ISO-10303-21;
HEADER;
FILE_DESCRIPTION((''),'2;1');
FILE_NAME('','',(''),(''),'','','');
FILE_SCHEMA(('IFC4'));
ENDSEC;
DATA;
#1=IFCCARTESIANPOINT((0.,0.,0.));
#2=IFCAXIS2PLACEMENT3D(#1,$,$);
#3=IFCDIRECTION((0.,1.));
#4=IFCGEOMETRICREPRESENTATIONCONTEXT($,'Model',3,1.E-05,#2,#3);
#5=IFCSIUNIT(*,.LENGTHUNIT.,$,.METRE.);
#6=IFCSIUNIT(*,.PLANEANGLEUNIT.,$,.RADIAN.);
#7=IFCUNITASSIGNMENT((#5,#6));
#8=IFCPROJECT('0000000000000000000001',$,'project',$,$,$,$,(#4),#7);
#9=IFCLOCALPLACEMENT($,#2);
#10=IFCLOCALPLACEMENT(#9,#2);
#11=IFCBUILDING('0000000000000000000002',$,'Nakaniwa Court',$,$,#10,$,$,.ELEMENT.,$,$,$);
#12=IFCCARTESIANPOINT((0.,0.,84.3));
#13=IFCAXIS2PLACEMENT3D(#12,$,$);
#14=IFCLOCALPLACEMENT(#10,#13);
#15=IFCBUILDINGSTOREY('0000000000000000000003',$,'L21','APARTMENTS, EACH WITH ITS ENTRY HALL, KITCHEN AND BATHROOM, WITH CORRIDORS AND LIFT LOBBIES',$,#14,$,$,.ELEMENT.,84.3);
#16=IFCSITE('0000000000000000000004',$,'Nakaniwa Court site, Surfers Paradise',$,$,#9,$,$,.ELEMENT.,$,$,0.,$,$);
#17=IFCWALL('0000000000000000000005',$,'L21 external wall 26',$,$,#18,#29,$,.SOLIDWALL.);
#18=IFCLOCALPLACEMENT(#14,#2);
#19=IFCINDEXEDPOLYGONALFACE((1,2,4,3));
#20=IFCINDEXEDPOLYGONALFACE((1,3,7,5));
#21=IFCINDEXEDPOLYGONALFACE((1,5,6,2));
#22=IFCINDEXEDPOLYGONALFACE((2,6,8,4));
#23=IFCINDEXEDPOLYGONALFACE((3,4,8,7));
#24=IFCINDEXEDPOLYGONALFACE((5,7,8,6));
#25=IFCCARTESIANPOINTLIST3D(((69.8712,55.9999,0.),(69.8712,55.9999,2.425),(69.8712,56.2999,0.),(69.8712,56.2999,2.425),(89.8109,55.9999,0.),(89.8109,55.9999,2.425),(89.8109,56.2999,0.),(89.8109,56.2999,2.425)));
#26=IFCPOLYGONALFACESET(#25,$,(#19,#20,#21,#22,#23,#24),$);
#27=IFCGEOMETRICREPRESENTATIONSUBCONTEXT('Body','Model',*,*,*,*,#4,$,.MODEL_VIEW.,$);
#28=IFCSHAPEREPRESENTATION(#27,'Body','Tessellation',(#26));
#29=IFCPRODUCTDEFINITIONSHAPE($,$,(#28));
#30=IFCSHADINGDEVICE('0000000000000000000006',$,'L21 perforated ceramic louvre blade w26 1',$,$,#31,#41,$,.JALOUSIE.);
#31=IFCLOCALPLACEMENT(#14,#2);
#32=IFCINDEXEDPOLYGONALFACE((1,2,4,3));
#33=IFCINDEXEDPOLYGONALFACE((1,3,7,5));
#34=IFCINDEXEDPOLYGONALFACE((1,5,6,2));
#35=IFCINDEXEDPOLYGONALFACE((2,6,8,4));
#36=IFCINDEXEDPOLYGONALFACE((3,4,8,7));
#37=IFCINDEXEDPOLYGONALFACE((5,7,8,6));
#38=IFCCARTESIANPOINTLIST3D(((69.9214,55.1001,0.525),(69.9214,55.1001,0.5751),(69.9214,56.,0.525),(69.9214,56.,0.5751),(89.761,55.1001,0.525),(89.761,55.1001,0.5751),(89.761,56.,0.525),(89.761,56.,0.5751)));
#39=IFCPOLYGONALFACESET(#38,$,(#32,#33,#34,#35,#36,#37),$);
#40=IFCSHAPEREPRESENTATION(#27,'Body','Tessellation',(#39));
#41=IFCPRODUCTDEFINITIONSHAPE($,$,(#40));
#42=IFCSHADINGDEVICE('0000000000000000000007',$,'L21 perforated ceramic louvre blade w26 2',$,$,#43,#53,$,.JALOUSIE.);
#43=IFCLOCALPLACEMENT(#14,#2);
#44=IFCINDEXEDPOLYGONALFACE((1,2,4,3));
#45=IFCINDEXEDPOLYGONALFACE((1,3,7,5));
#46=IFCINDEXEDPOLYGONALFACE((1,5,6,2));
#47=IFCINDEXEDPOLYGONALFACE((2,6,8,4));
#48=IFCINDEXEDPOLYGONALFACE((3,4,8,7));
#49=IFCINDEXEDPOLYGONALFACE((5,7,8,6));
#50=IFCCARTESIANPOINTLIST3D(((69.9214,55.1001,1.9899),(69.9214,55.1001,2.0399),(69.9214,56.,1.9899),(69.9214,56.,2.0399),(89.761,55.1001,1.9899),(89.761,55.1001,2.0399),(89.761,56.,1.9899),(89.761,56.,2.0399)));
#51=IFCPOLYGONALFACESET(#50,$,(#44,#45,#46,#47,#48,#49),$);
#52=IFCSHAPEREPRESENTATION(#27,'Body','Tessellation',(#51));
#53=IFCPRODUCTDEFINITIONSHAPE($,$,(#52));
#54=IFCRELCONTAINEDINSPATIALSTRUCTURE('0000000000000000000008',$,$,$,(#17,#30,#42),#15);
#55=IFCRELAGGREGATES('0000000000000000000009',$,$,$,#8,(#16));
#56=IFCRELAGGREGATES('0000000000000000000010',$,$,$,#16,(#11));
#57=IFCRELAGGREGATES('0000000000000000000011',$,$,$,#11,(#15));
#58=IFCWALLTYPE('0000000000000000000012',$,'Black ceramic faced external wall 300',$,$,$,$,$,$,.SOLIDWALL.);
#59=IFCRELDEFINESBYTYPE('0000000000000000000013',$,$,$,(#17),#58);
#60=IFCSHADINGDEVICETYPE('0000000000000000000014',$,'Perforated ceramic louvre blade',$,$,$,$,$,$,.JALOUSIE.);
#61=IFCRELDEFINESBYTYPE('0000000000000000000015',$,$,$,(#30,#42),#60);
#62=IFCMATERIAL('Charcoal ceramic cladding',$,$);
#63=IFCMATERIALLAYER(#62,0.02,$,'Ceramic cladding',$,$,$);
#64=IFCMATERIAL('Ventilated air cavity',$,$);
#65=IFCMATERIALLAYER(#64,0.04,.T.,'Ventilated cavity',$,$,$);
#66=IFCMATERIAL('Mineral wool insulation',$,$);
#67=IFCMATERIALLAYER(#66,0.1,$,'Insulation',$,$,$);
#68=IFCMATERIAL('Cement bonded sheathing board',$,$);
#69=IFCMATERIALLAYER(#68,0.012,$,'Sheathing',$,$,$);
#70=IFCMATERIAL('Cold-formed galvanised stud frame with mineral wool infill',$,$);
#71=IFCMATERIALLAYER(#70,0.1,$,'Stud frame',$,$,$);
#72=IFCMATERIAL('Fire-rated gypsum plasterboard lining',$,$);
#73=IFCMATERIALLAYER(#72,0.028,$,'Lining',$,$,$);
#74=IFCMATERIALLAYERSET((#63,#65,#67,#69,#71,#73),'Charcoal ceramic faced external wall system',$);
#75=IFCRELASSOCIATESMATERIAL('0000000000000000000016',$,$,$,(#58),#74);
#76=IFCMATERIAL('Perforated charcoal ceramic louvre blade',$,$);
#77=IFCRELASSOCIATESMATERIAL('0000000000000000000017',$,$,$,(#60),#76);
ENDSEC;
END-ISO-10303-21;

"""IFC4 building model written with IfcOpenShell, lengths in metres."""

from ifc_helpers import new_model, si_unit, direction, frame, frame_2d, origin, origin_2d, place, context, subcontext, project, spatial, rectangle, extrude, material, layer, layer_set, material_profile, profile_set, type_object, element, save


model = new_model("IFC4")

# Units and contexts
model_context = context("Model", 3, precision=1e-05, world=origin(), true_north=direction((0.0, 1.0)))
body_context = subcontext(model_context, "Body", "Model", "MODEL_VIEW")
ifc_project = project(units=[si_unit("LENGTHUNIT", "METRE"), si_unit("PLANEANGLEUNIT", "RADIAN")], contexts=[model_context])

# Site, building, storey
site_placement = place(None, origin())
site = spatial("IfcSite", under=ifc_project, at=site_placement, Name="Nakaniwa Court site, Surfers Paradise", CompositionType="ELEMENT", RefElevation=0.0)
building_placement = place(site_placement, origin())
building = spatial("IfcBuilding", under=site, at=building_placement, Name="Nakaniwa Court", CompositionType="ELEMENT")
storey_placement = place(building_placement, frame((0.0, 0.0, 84.3)))
storey = spatial("IfcBuildingStorey", under=building, at=storey_placement, Name="L21", Description="APARTMENTS, EACH WITH ITS ENTRY HALL, KITCHEN AND BATHROOM, WITH CORRIDORS AND LIFT LOBBIES", CompositionType="ELEMENT", Elevation=84.3)

# Shared definitions
ifc_material_1 = material(Name="Charcoal ceramic cladding")
ifc_layer_1 = layer(ifc_material_1, 0.02, Name="Ceramic cladding")
ifc_material_2 = material(Name="Ventilated air cavity")
ifc_layer_2 = layer(ifc_material_2, 0.04, ventilated=True, Name="Ventilated cavity")
ifc_material_3 = material(Name="Mineral wool insulation")
ifc_layer_3 = layer(ifc_material_3, 0.1, Name="Insulation")
ifc_material_4 = material(Name="Cement bonded sheathing board")
ifc_layer_4 = layer(ifc_material_4, 0.012, Name="Sheathing")
ifc_material_5 = material(Name="Cold-formed galvanised stud frame with mineral wool infill")
ifc_layer_5 = layer(ifc_material_5, 0.1, Name="Stud frame")
ifc_material_6 = material(Name="Fire-rated gypsum plasterboard lining")
ifc_layer_6 = layer(ifc_material_6, 0.028, Name="Lining")
ifc_layer_set_1 = layer_set([ifc_layer_1, ifc_layer_2, ifc_layer_3, ifc_layer_4, ifc_layer_5, ifc_layer_6], Name="Charcoal ceramic faced external wall system")
wall_type_1 = type_object("IfcWallType", Name="Black ceramic faced external wall 300", PredefinedType="SOLIDWALL", material=ifc_layer_set_1)

# Wall
wall_1_placement = place(storey_placement, frame((69.8713, 56.1499, 0.0), z_axis=(0.0, 0.0, 1.0), x_axis=(1.0, 0.0, 0.0)))
element("IfcWall", 1, at=wall_1_placement, inside=storey, type_object=wall_type_1, Name="L21 external wall 26", PredefinedType="SOLIDWALL", context=body_context, shape_type="SweptSolid", body=[
    extrude(rectangle(XDim=19.9397, YDim=0.3, at=frame_2d((9.9697, 0.0))), origin(), (0.0, 0.0, 1.0), 2.425),
])

# Shading devices
ifc_material_7 = material(Name="Perforated charcoal ceramic louvre blade")
ifc_material_profile_1 = material_profile(ifc_material_7, rectangle(XDim=0.8999, YDim=0.05, at=origin_2d()), Name="Perforated ceramic louvre blade")
ifc_profile_set_1 = profile_set([ifc_material_profile_1], Name="Perforated charcoal ceramic louvre blade")
shading_device_type = type_object("IfcShadingDeviceType", Name="Perforated ceramic louvre blade", PredefinedType="JALOUSIE", material=ifc_profile_set_1)
for number, where, z_axis, x_axis, name in (
    (2, (69.9214, 55.55, 0.55), (1.0, 0.0, 0.0), (0.0, 1.0, 0.0), "L21 perforated ceramic louvre blade w26 1"),
    (3, (69.9214, 55.55, 2.0149), (1.0, 0.0, 0.0), (0.0, 1.0, 0.0), "L21 perforated ceramic louvre blade w26 2"),
):
    element("IfcShadingDevice", number, at=place(storey_placement, frame(where, z_axis=z_axis, x_axis=x_axis)), inside=storey, type_object=shading_device_type, Name=name, PredefinedType="JALOUSIE", context=body_context, shape_type="SweptSolid", body=[
        extrude(rectangle(XDim=0.8999, YDim=0.05, at=origin_2d()), origin(), (0.0, 0.0, 1.0), 19.8396),
    ])

save(model, "model.ifc")
